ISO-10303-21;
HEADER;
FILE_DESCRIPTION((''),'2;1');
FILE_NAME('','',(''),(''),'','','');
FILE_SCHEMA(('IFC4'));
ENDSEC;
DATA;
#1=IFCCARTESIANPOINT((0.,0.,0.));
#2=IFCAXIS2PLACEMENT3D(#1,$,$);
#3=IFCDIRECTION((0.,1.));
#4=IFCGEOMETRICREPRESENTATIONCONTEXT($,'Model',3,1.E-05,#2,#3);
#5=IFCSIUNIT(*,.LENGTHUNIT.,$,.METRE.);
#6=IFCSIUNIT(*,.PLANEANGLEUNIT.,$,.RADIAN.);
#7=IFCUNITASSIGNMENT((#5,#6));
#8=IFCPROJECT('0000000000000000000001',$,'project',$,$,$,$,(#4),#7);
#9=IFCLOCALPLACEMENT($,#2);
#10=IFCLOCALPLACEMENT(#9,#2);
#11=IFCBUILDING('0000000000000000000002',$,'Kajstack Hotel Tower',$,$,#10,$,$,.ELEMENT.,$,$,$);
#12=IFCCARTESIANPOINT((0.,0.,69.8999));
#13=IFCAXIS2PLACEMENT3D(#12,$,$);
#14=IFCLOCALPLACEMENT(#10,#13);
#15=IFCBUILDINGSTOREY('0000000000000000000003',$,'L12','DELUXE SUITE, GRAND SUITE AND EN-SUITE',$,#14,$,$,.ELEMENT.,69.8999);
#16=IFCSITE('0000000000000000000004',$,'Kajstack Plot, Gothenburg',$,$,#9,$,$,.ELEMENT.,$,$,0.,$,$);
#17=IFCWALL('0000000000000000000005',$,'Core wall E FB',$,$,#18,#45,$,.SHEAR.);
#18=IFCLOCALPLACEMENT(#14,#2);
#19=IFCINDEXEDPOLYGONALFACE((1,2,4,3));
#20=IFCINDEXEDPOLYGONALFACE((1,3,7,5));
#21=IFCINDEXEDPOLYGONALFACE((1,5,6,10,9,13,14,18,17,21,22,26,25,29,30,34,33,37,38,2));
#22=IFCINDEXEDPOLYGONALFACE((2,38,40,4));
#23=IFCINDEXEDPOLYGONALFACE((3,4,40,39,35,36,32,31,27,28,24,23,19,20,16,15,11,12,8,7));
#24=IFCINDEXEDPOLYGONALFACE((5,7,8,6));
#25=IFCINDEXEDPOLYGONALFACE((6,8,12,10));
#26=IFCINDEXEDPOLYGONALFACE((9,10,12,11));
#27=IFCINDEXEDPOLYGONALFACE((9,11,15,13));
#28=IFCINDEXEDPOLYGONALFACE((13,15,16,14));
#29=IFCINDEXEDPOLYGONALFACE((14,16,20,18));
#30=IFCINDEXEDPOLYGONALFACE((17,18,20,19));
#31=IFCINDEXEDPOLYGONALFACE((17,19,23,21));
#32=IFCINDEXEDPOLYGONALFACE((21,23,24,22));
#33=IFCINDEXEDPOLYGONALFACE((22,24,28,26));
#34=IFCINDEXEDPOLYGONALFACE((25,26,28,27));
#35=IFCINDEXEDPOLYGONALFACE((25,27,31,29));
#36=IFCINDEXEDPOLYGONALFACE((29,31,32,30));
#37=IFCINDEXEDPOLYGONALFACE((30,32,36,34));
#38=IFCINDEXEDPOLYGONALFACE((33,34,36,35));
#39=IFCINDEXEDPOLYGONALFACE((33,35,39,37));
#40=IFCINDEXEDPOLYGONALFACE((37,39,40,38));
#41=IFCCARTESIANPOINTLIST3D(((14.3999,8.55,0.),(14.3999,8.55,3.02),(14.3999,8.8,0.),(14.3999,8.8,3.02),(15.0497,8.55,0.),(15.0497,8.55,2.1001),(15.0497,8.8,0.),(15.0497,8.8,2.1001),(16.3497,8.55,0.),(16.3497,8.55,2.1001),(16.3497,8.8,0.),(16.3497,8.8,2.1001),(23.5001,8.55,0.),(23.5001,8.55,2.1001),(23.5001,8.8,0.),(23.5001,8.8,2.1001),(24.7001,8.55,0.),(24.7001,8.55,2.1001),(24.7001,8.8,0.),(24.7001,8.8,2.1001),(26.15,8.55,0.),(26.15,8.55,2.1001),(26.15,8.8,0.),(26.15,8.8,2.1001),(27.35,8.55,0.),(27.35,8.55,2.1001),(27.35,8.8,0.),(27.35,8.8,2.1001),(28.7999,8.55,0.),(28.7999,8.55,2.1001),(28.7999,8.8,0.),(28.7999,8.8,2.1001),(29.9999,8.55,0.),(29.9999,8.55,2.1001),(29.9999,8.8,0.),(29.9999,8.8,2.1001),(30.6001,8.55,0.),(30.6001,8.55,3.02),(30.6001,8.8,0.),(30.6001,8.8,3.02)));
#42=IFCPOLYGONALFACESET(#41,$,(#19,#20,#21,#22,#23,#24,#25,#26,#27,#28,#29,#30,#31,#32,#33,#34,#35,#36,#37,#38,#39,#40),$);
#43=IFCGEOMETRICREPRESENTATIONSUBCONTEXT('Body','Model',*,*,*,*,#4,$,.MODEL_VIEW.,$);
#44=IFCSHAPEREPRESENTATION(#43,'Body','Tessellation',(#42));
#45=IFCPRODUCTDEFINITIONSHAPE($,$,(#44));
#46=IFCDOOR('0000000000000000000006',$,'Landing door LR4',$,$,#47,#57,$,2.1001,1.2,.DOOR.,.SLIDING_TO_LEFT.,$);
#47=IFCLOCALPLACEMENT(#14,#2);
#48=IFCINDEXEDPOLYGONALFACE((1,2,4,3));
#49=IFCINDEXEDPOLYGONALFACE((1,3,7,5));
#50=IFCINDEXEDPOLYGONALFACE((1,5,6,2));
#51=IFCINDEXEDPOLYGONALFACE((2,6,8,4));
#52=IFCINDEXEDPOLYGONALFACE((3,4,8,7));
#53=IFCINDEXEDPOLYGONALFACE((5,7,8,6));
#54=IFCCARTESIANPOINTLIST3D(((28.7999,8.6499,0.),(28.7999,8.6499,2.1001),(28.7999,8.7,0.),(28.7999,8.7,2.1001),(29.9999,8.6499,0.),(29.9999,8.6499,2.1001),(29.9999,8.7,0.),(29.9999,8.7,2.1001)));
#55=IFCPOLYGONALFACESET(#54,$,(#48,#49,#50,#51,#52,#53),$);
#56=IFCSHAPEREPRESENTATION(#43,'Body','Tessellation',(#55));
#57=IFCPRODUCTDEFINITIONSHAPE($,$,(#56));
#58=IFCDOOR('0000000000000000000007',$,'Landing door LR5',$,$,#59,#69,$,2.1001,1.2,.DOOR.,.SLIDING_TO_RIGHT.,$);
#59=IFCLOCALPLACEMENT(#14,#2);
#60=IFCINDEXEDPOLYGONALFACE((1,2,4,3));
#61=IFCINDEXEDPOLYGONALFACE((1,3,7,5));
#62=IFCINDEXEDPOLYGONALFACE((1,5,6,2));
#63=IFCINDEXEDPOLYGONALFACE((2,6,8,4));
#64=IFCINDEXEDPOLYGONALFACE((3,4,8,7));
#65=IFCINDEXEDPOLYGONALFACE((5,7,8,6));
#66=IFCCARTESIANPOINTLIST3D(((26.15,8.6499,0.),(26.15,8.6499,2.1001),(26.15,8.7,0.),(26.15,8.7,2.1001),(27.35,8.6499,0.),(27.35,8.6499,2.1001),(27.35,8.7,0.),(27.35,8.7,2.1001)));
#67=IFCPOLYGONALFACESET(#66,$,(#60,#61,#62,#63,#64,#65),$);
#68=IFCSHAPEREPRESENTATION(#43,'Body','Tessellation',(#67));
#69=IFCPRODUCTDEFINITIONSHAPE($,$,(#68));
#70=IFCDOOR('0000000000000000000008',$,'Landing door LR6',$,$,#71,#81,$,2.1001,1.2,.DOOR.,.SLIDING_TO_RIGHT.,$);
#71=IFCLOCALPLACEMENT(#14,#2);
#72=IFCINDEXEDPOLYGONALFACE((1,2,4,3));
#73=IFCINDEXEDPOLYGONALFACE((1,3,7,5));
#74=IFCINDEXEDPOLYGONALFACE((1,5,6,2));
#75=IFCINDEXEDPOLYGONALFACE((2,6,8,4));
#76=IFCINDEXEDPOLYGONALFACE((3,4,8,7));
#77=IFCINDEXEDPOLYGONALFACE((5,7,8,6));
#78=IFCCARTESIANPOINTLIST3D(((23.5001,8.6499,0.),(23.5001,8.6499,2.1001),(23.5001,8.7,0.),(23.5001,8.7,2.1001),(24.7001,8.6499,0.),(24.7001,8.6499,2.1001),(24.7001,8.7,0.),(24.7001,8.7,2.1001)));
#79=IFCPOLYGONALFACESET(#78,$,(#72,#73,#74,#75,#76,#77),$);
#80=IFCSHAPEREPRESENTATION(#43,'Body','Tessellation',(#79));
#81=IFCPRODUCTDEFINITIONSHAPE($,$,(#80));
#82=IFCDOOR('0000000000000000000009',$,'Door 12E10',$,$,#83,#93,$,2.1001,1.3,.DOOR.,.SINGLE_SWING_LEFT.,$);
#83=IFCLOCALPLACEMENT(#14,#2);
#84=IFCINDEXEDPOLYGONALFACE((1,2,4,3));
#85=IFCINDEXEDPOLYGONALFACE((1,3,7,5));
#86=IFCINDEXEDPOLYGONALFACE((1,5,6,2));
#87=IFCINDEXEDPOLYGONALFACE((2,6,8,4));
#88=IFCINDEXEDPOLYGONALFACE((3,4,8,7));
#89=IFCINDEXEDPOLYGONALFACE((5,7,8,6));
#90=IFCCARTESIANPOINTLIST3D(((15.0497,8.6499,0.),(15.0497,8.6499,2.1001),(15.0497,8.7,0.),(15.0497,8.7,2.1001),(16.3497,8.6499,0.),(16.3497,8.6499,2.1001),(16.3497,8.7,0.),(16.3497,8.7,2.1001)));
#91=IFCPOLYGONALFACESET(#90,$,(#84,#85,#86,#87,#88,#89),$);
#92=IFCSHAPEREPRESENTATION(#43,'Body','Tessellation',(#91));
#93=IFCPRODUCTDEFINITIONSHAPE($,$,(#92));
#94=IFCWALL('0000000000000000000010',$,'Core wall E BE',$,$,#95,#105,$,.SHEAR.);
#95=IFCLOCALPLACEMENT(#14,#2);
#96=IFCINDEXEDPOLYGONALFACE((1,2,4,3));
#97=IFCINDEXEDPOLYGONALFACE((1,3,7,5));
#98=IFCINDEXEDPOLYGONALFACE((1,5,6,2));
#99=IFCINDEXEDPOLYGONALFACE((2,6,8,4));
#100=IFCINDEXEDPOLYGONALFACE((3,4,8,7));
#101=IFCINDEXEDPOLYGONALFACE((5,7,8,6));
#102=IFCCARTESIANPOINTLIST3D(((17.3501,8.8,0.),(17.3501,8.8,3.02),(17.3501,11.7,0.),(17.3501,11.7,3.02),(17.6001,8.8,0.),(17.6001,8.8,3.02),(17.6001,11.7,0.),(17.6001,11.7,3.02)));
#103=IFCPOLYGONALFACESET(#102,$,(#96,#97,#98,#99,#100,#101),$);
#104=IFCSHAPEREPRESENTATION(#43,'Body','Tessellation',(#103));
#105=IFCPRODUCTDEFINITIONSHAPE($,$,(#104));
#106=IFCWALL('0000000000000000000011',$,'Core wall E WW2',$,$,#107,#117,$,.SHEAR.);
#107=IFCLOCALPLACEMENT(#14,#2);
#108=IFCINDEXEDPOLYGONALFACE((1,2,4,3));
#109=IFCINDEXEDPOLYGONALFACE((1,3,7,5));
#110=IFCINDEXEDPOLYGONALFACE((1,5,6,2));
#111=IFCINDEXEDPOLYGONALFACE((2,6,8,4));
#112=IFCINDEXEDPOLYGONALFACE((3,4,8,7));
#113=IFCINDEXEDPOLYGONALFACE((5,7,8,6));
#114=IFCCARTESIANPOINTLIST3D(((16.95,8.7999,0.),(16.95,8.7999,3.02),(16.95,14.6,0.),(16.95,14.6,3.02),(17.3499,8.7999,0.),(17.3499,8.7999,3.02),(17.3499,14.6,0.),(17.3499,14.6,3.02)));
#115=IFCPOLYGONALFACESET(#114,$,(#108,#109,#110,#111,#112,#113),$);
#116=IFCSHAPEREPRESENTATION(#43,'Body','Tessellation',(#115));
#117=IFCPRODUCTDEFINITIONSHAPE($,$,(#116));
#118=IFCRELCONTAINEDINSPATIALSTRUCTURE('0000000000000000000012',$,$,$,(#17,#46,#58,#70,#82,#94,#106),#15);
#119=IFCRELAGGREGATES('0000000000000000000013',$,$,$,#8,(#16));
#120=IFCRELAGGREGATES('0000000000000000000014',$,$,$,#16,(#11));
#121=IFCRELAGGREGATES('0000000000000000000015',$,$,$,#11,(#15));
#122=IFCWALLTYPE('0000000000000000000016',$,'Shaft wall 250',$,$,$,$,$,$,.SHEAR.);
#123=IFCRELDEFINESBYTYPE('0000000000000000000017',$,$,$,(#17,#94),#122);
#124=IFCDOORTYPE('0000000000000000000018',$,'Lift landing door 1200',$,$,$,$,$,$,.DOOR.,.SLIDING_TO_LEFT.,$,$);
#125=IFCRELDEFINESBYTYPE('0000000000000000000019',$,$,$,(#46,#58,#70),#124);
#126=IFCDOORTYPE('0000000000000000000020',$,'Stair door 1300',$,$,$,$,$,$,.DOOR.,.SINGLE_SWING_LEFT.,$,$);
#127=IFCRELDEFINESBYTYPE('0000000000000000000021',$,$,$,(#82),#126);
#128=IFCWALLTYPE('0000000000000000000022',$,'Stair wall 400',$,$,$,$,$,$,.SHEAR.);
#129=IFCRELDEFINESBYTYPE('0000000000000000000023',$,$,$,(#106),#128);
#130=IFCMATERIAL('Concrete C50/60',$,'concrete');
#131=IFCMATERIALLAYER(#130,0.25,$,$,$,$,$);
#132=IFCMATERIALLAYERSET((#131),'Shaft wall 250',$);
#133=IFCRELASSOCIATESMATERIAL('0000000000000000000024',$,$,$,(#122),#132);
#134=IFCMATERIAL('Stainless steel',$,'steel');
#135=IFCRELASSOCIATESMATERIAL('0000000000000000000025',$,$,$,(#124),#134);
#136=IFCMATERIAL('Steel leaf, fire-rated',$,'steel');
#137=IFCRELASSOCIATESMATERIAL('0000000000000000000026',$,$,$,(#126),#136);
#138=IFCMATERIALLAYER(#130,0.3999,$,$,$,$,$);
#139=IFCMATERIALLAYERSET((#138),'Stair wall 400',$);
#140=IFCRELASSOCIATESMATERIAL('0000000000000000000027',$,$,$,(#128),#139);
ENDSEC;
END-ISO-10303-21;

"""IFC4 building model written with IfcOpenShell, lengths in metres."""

from ifc_helpers import new_model, si_unit, direction, frame, frame_2d, origin, place, context, subcontext, project, spatial, rectangle, extrude, material, layer, layer_set, type_object, element, fill, save


model = new_model("IFC4")

# Units and contexts
model_context = context("Model", 3, precision=1e-05, world=origin(), true_north=direction((0.0, 1.0)))
body_context = subcontext(model_context, "Body", "Model", "MODEL_VIEW")
ifc_project = project(units=[si_unit("LENGTHUNIT", "METRE"), si_unit("PLANEANGLEUNIT", "RADIAN")], contexts=[model_context])

# Site, building, storey
site_placement = place(None, origin())
site = spatial("IfcSite", under=ifc_project, at=site_placement, Name="Kajstack Plot, Gothenburg", CompositionType="ELEMENT", RefElevation=0.0)
building_placement = place(site_placement, origin())
building = spatial("IfcBuilding", under=site, at=building_placement, Name="Kajstack Hotel Tower", CompositionType="ELEMENT")
storey_placement = place(building_placement, frame((0.0, 0.0, 69.8999)))
storey = spatial("IfcBuildingStorey", under=building, at=storey_placement, Name="L12", Description="DELUXE SUITE, GRAND SUITE AND EN-SUITE", CompositionType="ELEMENT", Elevation=69.8999)

# Shared definitions
ifc_material_1 = material(Name="Concrete C50/60", Category="concrete")
ifc_layer_1 = layer(ifc_material_1, 0.25)
ifc_layer_set_1 = layer_set([ifc_layer_1], Name="Shaft wall 250")
wall_type_1 = type_object("IfcWallType", Name="Shaft wall 250", PredefinedType="SHEAR", material=ifc_layer_set_1)

# Wall, openings, doors
wall_1_placement = place(storey_placement, frame((14.3999, 8.675, 0.0), z_axis=(0.0, 0.0, 1.0), x_axis=(1.0, 0.0, 0.0)))
wall_1 = element("IfcWall", 1, at=wall_1_placement, inside=storey, type_object=wall_type_1, Name="Core wall E FB", PredefinedType="SHEAR", context=body_context, shape_type="SweptSolid", body=[
    extrude(rectangle(XDim=16.2002, YDim=0.25, at=frame_2d((8.1001, 0.0))), origin(), (0.0, 0.0, 1.0), 3.02),
])
opening_1_placement = place(wall_1_placement, frame((14.3999, 0.0, 0.0)))
opening_1 = element("IfcOpeningElement", 2, at=opening_1_placement, cuts=wall_1, PredefinedType="OPENING", context=body_context, shape_type="SweptSolid", body=[
    extrude(rectangle(XDim=1.2, YDim=2.1001, at=frame_2d((0.6001, 1.05))), frame((0.0, 0.135, 0.0), z_axis=(0.0, -1.0, 0.0), x_axis=(1.0, 0.0, 0.0)), (0.0, 0.0, 1.0), 0.27),
])
opening_2_placement = place(wall_1_placement, frame((11.75, 0.0, 0.0)))
opening_2 = element("IfcOpeningElement", 3, at=opening_2_placement, cuts=wall_1, PredefinedType="OPENING", context=body_context, shape_type="SweptSolid", body=[
    extrude(rectangle(XDim=1.2, YDim=2.1001, at=frame_2d((0.6001, 1.05))), frame((0.0, 0.135, 0.0), z_axis=(0.0, -1.0, 0.0), x_axis=(1.0, 0.0, 0.0)), (0.0, 0.0, 1.0), 0.27),
])
opening_3_placement = place(wall_1_placement, frame((9.1001, 0.0, 0.0)))
opening_3 = element("IfcOpeningElement", 4, at=opening_3_placement, cuts=wall_1, PredefinedType="OPENING", context=body_context, shape_type="SweptSolid", body=[
    extrude(rectangle(XDim=1.2, YDim=2.1001, at=frame_2d((0.6001, 1.05))), frame((0.0, 0.135, 0.0), z_axis=(0.0, -1.0, 0.0), x_axis=(1.0, 0.0, 0.0)), (0.0, 0.0, 1.0), 0.27),
])
opening_4_placement = place(wall_1_placement, frame((0.6499, 0.0, 0.0)))
opening_4 = element("IfcOpeningElement", 5, at=opening_4_placement, cuts=wall_1, PredefinedType="OPENING", context=body_context, shape_type="SweptSolid", body=[
    extrude(rectangle(XDim=1.3, YDim=2.1001, at=frame_2d((0.6499, 1.05))), frame((0.0, 0.135, 0.0), z_axis=(0.0, -1.0, 0.0), x_axis=(1.0, 0.0, 0.0)), (0.0, 0.0, 1.0), 0.27),
])
ifc_material_2 = material(Name="Stainless steel", Category="steel")
door_type_1 = type_object("IfcDoorType", Name="Lift landing door 1200", OperationType="SLIDING_TO_LEFT", PredefinedType="DOOR", material=ifc_material_2)
door_1_placement = place(opening_1_placement, origin())
door_1 = element("IfcDoor", 6, at=door_1_placement, inside=storey, type_object=door_type_1, Name="Landing door LR4", OperationType="SLIDING_TO_LEFT", OverallHeight=2.1001, OverallWidth=1.2, PredefinedType="DOOR", context=body_context, shape_type="SweptSolid", body=[
    extrude(rectangle(XDim=1.2, YDim=2.1001, at=frame_2d((0.6001, 1.05))), frame((0.0, 0.0249, 0.0), z_axis=(0.0, -1.0, 0.0), x_axis=(1.0, 0.0, 0.0)), (0.0, 0.0, 1.0), 0.05),
])
fill(opening_1, door_1)
door_2_placement = place(opening_2_placement, origin())
door_2 = element("IfcDoor", 7, at=door_2_placement, inside=storey, type_object=door_type_1, Name="Landing door LR5", OperationType="SLIDING_TO_RIGHT", OverallHeight=2.1001, OverallWidth=1.2, PredefinedType="DOOR", context=body_context, shape_type="SweptSolid", body=[
    extrude(rectangle(XDim=1.2, YDim=2.1001, at=frame_2d((0.6001, 1.05))), frame((0.0, 0.0249, 0.0), z_axis=(0.0, -1.0, 0.0), x_axis=(1.0, 0.0, 0.0)), (0.0, 0.0, 1.0), 0.05),
])
fill(opening_2, door_2)
door_3_placement = place(opening_3_placement, origin())
door_3 = element("IfcDoor", 8, at=door_3_placement, inside=storey, type_object=door_type_1, Name="Landing door LR6", OperationType="SLIDING_TO_RIGHT", OverallHeight=2.1001, OverallWidth=1.2, PredefinedType="DOOR", context=body_context, shape_type="SweptSolid", body=[
    extrude(rectangle(XDim=1.2, YDim=2.1001, at=frame_2d((0.6001, 1.05))), frame((0.0, 0.0249, 0.0), z_axis=(0.0, -1.0, 0.0), x_axis=(1.0, 0.0, 0.0)), (0.0, 0.0, 1.0), 0.05),
])
fill(opening_3, door_3)
ifc_material_3 = material(Name="Steel leaf, fire-rated", Category="steel")
door_type_2 = type_object("IfcDoorType", Name="Stair door 1300", OperationType="SINGLE_SWING_LEFT", PredefinedType="DOOR", material=ifc_material_3)
door_4_placement = place(opening_4_placement, origin())
door_4 = element("IfcDoor", 9, at=door_4_placement, inside=storey, type_object=door_type_2, Name="Door 12E10", OperationType="SINGLE_SWING_LEFT", OverallHeight=2.1001, OverallWidth=1.3, PredefinedType="DOOR", context=body_context, shape_type="SweptSolid", body=[
    extrude(rectangle(XDim=1.3, YDim=2.1001, at=frame_2d((0.6499, 1.05))), frame((0.0, 0.0249, 0.0), z_axis=(0.0, -1.0, 0.0), x_axis=(1.0, 0.0, 0.0)), (0.0, 0.0, 1.0), 0.05),
])
fill(opening_4, door_4)

# Walls
wall_2_placement = place(storey_placement, frame((17.4751, 8.8, 0.0), z_axis=(0.0, 0.0, 1.0), x_axis=(0.0, 1.0, 0.0)))
element("IfcWall", 10, at=wall_2_placement, inside=storey, type_object=wall_type_1, Name="Core wall E BE", PredefinedType="SHEAR", context=body_context, shape_type="SweptSolid", body=[
    extrude(rectangle(XDim=2.8999, YDim=0.25, at=frame_2d((1.45, 0.0))), origin(), (0.0, 0.0, 1.0), 3.02),
])
ifc_layer_2 = layer(ifc_material_1, 0.3999)
ifc_layer_set_2 = layer_set([ifc_layer_2], Name="Stair wall 400")
wall_type_2 = type_object("IfcWallType", Name="Stair wall 400", PredefinedType="SHEAR", material=ifc_layer_set_2)
wall_3_placement = place(storey_placement, frame((17.1499, 8.8, 0.0), z_axis=(0.0, 0.0, 1.0), x_axis=(0.0, 1.0, 0.0)))
element("IfcWall", 11, at=wall_3_placement, inside=storey, type_object=wall_type_2, Name="Core wall E WW2", PredefinedType="SHEAR", context=body_context, shape_type="SweptSolid", body=[
    extrude(rectangle(XDim=5.8, YDim=0.3999, at=frame_2d((2.8999, 0.0))), origin(), (0.0, 0.0, 1.0), 3.02),
])

save(model, "model.ifc")
